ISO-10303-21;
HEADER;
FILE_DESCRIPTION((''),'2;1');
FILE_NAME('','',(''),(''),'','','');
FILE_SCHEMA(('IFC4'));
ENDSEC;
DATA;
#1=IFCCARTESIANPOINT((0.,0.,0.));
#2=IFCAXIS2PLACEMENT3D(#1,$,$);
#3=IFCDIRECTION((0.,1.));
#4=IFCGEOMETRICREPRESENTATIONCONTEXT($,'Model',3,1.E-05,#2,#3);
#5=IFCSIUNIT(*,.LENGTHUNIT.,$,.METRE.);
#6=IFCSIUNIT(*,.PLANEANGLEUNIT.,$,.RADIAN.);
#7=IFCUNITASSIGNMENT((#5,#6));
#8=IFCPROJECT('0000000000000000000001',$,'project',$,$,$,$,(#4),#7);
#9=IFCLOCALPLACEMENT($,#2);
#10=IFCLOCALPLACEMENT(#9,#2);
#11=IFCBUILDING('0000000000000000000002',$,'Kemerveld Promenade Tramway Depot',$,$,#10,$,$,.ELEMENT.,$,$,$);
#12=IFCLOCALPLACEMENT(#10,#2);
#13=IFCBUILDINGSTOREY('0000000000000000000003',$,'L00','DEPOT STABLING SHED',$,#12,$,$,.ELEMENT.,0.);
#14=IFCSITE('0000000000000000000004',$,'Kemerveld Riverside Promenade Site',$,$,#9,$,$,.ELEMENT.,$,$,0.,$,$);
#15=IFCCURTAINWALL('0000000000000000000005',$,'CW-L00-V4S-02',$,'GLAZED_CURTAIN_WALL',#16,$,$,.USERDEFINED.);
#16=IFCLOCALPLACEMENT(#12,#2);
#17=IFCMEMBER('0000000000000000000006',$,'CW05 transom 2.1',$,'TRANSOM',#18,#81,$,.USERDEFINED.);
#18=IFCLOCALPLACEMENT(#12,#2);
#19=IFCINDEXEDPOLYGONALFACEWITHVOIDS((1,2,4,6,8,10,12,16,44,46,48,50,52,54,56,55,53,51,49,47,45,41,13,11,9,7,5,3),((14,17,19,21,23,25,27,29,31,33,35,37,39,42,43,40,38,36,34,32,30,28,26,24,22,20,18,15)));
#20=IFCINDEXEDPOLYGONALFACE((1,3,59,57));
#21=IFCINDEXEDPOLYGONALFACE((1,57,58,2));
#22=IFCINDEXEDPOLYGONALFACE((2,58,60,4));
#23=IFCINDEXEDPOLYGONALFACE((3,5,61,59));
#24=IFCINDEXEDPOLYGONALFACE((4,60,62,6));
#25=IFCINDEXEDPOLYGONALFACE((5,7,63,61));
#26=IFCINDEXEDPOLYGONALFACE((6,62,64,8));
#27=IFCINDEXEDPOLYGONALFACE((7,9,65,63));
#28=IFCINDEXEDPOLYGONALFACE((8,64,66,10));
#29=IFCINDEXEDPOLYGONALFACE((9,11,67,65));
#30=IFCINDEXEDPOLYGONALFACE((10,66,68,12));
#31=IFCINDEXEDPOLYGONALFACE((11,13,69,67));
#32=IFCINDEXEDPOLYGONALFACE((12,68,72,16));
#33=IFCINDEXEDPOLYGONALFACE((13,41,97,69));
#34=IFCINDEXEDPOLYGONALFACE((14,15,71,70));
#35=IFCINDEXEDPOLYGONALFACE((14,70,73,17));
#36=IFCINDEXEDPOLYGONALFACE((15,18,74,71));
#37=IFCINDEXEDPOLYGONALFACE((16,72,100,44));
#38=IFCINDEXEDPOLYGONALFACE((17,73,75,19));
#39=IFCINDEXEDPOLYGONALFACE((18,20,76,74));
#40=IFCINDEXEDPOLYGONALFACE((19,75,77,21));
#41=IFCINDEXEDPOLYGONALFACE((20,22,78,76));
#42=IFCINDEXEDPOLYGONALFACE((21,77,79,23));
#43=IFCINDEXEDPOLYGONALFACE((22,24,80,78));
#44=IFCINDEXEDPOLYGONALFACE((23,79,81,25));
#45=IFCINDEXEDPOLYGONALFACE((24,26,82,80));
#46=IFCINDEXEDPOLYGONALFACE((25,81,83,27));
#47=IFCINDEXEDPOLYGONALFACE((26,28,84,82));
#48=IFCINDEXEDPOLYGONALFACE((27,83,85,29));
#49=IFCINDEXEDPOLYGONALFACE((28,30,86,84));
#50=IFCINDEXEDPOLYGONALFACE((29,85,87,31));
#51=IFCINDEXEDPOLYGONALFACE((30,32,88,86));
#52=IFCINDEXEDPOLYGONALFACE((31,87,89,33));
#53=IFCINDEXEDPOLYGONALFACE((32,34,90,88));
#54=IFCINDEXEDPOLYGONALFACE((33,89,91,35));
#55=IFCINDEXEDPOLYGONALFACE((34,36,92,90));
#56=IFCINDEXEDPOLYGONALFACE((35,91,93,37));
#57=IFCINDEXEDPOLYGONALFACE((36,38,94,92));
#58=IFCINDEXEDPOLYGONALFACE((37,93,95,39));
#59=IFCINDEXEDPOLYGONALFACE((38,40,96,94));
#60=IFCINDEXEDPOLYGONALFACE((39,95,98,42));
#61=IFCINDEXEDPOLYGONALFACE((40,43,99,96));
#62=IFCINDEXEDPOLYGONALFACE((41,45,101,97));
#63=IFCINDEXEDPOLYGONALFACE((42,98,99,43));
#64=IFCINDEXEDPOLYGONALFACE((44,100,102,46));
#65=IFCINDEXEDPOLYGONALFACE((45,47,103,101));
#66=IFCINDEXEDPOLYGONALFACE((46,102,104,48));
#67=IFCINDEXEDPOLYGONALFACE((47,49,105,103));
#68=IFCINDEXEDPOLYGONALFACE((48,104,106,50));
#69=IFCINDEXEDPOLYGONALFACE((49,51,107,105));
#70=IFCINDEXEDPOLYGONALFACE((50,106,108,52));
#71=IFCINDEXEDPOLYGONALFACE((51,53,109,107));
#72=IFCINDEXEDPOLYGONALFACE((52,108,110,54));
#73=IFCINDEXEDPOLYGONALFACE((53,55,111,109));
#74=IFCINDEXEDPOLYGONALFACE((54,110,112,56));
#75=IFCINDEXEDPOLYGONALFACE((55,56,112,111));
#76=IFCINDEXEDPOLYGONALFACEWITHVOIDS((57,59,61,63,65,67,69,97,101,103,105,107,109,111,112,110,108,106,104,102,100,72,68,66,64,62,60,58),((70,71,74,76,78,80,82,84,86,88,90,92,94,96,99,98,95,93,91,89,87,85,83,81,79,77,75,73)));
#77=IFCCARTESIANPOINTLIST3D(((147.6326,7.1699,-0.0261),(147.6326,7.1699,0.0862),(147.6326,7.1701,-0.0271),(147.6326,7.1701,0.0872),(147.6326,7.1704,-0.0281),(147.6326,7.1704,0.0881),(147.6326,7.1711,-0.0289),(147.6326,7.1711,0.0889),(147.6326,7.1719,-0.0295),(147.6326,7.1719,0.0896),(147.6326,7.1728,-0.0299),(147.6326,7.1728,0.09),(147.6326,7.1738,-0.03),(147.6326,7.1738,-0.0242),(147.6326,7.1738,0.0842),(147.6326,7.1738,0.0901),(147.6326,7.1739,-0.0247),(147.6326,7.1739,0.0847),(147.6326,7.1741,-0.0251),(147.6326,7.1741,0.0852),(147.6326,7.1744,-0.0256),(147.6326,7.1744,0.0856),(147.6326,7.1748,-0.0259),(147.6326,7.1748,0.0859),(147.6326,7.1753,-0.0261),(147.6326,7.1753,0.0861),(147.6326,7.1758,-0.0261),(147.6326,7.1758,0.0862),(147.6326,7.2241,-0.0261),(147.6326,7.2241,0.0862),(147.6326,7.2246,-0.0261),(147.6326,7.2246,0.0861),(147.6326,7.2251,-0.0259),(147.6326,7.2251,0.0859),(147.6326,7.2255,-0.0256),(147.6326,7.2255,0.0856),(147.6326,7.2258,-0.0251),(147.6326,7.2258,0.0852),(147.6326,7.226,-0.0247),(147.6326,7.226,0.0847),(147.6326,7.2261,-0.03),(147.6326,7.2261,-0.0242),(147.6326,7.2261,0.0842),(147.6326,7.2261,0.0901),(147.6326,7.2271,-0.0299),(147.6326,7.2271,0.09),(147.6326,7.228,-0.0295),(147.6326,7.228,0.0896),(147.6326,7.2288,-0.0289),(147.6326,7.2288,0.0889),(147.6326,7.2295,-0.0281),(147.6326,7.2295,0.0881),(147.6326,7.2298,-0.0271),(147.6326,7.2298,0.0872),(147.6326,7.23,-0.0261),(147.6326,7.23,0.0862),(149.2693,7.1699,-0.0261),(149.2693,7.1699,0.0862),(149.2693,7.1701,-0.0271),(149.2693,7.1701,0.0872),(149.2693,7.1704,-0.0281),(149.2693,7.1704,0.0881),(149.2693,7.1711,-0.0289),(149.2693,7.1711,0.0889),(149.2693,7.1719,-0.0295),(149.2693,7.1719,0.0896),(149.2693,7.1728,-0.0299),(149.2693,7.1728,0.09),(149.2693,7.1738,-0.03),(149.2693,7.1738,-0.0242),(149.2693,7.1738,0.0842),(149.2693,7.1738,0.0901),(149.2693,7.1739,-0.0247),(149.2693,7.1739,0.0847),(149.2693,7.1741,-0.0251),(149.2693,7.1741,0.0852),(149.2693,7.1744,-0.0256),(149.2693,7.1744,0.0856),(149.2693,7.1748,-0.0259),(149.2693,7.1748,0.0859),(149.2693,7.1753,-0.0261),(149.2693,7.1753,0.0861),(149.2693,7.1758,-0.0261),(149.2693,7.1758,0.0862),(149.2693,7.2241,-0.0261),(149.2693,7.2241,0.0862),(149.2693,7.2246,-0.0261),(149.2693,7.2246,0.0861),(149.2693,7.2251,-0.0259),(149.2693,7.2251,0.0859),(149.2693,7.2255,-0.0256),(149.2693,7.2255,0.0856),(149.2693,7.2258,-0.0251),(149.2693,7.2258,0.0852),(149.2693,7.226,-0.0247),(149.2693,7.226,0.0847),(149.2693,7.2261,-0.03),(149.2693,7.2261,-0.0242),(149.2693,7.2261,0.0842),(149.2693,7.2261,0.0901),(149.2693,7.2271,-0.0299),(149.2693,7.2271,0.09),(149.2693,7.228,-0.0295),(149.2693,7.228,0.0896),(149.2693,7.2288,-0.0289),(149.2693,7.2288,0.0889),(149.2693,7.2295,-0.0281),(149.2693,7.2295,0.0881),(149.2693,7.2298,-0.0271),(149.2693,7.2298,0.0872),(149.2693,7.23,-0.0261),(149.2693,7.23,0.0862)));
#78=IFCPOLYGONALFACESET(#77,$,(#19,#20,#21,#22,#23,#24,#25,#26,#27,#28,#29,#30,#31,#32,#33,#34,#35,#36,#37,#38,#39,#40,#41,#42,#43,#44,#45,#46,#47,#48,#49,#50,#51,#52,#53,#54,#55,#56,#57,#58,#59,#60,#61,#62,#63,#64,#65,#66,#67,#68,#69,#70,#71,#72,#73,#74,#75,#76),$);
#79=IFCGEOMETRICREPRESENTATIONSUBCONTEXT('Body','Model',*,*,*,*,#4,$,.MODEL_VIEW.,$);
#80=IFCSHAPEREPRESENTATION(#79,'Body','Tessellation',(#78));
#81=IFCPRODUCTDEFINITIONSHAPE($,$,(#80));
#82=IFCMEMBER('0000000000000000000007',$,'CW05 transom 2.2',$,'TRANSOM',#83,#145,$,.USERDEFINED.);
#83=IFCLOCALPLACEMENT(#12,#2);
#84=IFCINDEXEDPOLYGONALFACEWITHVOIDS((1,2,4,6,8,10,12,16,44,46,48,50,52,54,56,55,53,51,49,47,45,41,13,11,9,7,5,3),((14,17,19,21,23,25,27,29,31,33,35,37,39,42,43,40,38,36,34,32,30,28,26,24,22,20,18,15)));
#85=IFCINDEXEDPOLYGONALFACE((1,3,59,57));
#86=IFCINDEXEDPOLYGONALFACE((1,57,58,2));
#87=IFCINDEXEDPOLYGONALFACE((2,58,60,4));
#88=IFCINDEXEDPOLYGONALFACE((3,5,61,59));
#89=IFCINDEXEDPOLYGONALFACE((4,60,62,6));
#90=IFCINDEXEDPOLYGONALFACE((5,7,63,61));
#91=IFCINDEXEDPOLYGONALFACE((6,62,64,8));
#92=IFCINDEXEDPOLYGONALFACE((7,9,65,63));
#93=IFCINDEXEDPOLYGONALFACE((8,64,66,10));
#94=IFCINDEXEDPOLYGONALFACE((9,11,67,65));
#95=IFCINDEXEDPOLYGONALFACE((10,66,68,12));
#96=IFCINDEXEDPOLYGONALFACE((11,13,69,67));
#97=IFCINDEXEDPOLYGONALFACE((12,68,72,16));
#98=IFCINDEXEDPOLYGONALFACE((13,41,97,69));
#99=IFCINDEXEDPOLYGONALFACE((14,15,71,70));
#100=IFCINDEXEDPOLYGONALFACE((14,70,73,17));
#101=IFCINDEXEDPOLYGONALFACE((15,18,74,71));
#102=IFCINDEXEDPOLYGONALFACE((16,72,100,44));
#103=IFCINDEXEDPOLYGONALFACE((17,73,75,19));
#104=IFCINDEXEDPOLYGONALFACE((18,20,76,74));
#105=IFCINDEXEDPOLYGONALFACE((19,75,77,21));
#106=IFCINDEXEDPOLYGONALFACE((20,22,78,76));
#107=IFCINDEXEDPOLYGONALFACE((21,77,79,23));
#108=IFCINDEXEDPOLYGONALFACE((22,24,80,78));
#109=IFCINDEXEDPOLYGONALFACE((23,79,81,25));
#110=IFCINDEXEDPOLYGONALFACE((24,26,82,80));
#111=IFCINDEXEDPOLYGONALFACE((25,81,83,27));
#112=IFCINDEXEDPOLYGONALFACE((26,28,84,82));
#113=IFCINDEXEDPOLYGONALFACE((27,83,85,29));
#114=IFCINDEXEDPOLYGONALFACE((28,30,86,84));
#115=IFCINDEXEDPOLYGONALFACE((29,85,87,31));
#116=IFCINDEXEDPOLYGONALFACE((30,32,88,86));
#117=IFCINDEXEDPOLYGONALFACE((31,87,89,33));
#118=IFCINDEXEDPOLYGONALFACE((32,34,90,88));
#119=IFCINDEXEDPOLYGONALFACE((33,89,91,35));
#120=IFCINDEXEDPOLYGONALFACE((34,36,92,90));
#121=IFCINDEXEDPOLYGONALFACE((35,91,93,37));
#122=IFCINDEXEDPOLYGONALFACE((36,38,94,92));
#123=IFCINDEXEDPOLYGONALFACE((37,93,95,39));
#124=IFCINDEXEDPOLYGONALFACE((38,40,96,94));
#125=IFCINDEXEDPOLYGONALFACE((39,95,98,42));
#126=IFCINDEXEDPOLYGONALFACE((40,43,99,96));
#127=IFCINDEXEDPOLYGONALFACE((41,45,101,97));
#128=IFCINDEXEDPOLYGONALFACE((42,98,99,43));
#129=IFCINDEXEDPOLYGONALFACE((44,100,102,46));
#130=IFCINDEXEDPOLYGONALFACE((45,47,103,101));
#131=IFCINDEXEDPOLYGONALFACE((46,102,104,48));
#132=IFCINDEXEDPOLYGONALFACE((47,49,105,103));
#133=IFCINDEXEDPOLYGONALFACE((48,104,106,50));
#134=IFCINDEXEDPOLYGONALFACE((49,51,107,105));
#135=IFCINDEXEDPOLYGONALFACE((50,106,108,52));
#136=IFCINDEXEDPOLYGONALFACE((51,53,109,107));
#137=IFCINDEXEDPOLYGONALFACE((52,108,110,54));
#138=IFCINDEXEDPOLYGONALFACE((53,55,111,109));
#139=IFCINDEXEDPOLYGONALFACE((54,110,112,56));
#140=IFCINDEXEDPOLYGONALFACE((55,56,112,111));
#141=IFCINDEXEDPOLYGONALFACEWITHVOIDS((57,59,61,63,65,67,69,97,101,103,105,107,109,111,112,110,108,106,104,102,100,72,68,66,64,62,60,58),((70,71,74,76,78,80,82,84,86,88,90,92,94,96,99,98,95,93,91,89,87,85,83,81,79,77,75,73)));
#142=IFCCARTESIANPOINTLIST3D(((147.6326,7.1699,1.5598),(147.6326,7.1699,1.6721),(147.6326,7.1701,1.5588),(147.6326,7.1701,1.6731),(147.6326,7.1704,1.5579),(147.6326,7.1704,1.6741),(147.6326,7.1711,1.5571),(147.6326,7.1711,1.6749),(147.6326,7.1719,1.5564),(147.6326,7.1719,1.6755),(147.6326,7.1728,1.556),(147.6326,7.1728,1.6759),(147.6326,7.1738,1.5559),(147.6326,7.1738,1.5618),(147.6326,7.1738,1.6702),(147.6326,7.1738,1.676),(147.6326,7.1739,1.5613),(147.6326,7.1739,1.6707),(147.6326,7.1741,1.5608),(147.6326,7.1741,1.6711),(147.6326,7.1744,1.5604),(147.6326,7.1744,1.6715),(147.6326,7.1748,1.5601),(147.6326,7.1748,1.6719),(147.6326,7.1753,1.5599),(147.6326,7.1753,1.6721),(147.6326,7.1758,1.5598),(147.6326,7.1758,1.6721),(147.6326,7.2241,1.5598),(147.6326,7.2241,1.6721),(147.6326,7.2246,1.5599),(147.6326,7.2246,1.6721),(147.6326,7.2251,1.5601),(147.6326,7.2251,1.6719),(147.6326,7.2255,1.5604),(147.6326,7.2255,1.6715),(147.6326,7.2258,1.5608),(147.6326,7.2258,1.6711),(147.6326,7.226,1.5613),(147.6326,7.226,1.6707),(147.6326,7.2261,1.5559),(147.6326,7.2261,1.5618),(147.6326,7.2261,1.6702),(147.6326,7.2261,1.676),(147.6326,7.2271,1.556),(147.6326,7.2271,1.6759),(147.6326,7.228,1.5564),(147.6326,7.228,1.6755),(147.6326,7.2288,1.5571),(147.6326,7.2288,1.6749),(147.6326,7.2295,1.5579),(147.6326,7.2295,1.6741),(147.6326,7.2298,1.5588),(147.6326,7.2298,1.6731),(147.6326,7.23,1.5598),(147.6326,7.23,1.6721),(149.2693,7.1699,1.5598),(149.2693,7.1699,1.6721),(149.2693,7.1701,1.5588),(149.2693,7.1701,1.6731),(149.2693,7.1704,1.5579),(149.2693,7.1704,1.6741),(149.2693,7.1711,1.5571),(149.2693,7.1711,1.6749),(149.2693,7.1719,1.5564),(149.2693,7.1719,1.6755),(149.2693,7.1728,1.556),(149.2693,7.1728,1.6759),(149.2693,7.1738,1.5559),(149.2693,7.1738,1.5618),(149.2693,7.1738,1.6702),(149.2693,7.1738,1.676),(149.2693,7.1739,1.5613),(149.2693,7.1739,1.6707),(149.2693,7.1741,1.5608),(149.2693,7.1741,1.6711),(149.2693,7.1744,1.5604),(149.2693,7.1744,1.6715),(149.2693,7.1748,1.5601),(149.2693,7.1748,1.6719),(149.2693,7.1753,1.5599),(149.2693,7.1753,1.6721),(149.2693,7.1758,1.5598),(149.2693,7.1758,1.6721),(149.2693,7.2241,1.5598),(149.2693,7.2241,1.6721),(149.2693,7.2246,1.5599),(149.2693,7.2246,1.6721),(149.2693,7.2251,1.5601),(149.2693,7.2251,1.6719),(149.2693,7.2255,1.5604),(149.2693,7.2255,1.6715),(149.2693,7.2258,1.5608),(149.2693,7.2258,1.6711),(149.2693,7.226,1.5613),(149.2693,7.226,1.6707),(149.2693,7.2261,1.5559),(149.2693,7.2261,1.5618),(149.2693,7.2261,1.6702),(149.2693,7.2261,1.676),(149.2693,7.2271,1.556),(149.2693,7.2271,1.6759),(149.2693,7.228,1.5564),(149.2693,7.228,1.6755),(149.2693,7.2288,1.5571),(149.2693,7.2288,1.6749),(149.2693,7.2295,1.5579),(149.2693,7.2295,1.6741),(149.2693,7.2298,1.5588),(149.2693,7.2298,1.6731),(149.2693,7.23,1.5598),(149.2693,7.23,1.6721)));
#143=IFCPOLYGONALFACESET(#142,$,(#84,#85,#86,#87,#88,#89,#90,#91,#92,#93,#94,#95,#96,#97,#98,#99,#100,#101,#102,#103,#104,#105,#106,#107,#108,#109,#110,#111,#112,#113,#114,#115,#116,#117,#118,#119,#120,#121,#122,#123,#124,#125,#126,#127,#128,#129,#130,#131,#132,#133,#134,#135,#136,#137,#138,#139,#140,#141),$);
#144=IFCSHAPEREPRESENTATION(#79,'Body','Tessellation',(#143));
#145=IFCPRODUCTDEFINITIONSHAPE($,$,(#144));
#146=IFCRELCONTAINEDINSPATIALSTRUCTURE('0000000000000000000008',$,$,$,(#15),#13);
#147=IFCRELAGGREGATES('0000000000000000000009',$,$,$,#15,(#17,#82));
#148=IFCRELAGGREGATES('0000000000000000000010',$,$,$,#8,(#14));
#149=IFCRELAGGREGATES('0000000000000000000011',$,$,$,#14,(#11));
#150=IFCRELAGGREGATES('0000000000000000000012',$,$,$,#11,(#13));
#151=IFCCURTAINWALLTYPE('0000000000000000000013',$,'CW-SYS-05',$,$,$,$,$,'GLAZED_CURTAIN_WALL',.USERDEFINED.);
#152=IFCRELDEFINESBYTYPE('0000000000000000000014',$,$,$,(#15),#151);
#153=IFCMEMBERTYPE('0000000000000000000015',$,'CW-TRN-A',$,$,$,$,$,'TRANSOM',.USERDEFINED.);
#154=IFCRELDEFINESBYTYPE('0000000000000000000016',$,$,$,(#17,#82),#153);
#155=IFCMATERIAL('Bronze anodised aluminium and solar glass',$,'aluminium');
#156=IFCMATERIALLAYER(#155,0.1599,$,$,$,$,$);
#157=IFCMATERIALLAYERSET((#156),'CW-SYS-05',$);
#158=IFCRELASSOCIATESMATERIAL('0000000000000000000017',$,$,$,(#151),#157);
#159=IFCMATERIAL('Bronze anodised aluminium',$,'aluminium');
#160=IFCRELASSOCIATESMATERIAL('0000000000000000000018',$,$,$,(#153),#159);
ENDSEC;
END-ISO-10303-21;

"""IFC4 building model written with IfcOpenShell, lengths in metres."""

from ifc_helpers import new_model, si_unit, direction, frame, origin, origin_2d, place, context, subcontext, project, spatial, hollow_rectangle, extrude, material, layer, layer_set, material_profile, profile_set, type_object, element, aggregate, save


model = new_model("IFC4")

# Units and contexts
model_context = context("Model", 3, precision=1e-05, world=origin(), true_north=direction((0.0, 1.0)))
body_context = subcontext(model_context, "Body", "Model", "MODEL_VIEW")
ifc_project = project(units=[si_unit("LENGTHUNIT", "METRE"), si_unit("PLANEANGLEUNIT", "RADIAN")], contexts=[model_context])

# Site, building, storey
site_placement = place(None, origin())
site = spatial("IfcSite", under=ifc_project, at=site_placement, Name="Kemerveld Riverside Promenade Site", CompositionType="ELEMENT", RefElevation=0.0)
building_placement = place(site_placement, origin())
building = spatial("IfcBuilding", under=site, at=building_placement, Name="Kemerveld Promenade Tramway Depot", CompositionType="ELEMENT")
storey_placement = place(building_placement, origin())
storey = spatial("IfcBuildingStorey", under=building, at=storey_placement, Name="L00", Description="DEPOT STABLING SHED", CompositionType="ELEMENT", Elevation=0.0)

# Curtain wall, members
ifc_material_1 = material(Name="Bronze anodised aluminium and solar glass", Category="aluminium")
ifc_layer_1 = layer(ifc_material_1, 0.1599)
ifc_layer_set_1 = layer_set([ifc_layer_1], Name="CW-SYS-05")
curtain_wall_type = type_object("IfcCurtainWallType", Name="CW-SYS-05", ElementType="GLAZED_CURTAIN_WALL", PredefinedType="USERDEFINED", material=ifc_layer_set_1)
curtain_wall_placement = place(storey_placement, origin())
curtain_wall = element("IfcCurtainWall", 1, at=curtain_wall_placement, inside=storey, type_object=curtain_wall_type, Name="CW-L00-V4S-02", ObjectType="GLAZED_CURTAIN_WALL", PredefinedType="USERDEFINED")
ifc_material_2 = material(Name="Bronze anodised aluminium", Category="aluminium")
ifc_material_profile_1 = material_profile(ifc_material_2, hollow_rectangle(XDim=0.0601, YDim=0.1201, WallThickness=0.0039, InnerFilletRadius=0.002, OuterFilletRadius=0.0039, at=origin_2d()), Name="CW-TRN-120x60")
ifc_profile_set_1 = profile_set([ifc_material_profile_1], Name="Bronze anodised aluminium")
member_type_1 = type_object("IfcMemberType", Name="CW-TRN-A", ElementType="TRANSOM", PredefinedType="USERDEFINED", material=ifc_profile_set_1)
member_1_placement = place(storey_placement, frame((149.2693, 7.2, 0.03), z_axis=(-1.0, 0.0, 0.0), x_axis=(0.0, -1.0, 0.0)))
member_1 = element("IfcMember", 2, at=member_1_placement, type_object=member_type_1, Name="CW05 transom 2.1", ObjectType="TRANSOM", PredefinedType="USERDEFINED", context=body_context, shape_type="SweptSolid", body=[
    extrude(hollow_rectangle(XDim=0.0601, YDim=0.1201, WallThickness=0.0039, InnerFilletRadius=0.002, OuterFilletRadius=0.0039, at=origin_2d()), origin(), (0.0, 0.0, 1.0), 1.6367),
])
member_2_placement = place(storey_placement, frame((149.2693, 7.2, 1.616), z_axis=(-1.0, 0.0, 0.0), x_axis=(0.0, -1.0, 0.0)))
member_2 = element("IfcMember", 3, at=member_2_placement, type_object=member_type_1, Name="CW05 transom 2.2", ObjectType="TRANSOM", PredefinedType="USERDEFINED", context=body_context, shape_type="SweptSolid", body=[
    extrude(hollow_rectangle(XDim=0.0601, YDim=0.1201, WallThickness=0.0039, InnerFilletRadius=0.002, OuterFilletRadius=0.0039, at=origin_2d()), origin(), (0.0, 0.0, 1.0), 1.6367),
])
aggregate(curtain_wall, [member_1, member_2])

save(model, "model.ifc")
